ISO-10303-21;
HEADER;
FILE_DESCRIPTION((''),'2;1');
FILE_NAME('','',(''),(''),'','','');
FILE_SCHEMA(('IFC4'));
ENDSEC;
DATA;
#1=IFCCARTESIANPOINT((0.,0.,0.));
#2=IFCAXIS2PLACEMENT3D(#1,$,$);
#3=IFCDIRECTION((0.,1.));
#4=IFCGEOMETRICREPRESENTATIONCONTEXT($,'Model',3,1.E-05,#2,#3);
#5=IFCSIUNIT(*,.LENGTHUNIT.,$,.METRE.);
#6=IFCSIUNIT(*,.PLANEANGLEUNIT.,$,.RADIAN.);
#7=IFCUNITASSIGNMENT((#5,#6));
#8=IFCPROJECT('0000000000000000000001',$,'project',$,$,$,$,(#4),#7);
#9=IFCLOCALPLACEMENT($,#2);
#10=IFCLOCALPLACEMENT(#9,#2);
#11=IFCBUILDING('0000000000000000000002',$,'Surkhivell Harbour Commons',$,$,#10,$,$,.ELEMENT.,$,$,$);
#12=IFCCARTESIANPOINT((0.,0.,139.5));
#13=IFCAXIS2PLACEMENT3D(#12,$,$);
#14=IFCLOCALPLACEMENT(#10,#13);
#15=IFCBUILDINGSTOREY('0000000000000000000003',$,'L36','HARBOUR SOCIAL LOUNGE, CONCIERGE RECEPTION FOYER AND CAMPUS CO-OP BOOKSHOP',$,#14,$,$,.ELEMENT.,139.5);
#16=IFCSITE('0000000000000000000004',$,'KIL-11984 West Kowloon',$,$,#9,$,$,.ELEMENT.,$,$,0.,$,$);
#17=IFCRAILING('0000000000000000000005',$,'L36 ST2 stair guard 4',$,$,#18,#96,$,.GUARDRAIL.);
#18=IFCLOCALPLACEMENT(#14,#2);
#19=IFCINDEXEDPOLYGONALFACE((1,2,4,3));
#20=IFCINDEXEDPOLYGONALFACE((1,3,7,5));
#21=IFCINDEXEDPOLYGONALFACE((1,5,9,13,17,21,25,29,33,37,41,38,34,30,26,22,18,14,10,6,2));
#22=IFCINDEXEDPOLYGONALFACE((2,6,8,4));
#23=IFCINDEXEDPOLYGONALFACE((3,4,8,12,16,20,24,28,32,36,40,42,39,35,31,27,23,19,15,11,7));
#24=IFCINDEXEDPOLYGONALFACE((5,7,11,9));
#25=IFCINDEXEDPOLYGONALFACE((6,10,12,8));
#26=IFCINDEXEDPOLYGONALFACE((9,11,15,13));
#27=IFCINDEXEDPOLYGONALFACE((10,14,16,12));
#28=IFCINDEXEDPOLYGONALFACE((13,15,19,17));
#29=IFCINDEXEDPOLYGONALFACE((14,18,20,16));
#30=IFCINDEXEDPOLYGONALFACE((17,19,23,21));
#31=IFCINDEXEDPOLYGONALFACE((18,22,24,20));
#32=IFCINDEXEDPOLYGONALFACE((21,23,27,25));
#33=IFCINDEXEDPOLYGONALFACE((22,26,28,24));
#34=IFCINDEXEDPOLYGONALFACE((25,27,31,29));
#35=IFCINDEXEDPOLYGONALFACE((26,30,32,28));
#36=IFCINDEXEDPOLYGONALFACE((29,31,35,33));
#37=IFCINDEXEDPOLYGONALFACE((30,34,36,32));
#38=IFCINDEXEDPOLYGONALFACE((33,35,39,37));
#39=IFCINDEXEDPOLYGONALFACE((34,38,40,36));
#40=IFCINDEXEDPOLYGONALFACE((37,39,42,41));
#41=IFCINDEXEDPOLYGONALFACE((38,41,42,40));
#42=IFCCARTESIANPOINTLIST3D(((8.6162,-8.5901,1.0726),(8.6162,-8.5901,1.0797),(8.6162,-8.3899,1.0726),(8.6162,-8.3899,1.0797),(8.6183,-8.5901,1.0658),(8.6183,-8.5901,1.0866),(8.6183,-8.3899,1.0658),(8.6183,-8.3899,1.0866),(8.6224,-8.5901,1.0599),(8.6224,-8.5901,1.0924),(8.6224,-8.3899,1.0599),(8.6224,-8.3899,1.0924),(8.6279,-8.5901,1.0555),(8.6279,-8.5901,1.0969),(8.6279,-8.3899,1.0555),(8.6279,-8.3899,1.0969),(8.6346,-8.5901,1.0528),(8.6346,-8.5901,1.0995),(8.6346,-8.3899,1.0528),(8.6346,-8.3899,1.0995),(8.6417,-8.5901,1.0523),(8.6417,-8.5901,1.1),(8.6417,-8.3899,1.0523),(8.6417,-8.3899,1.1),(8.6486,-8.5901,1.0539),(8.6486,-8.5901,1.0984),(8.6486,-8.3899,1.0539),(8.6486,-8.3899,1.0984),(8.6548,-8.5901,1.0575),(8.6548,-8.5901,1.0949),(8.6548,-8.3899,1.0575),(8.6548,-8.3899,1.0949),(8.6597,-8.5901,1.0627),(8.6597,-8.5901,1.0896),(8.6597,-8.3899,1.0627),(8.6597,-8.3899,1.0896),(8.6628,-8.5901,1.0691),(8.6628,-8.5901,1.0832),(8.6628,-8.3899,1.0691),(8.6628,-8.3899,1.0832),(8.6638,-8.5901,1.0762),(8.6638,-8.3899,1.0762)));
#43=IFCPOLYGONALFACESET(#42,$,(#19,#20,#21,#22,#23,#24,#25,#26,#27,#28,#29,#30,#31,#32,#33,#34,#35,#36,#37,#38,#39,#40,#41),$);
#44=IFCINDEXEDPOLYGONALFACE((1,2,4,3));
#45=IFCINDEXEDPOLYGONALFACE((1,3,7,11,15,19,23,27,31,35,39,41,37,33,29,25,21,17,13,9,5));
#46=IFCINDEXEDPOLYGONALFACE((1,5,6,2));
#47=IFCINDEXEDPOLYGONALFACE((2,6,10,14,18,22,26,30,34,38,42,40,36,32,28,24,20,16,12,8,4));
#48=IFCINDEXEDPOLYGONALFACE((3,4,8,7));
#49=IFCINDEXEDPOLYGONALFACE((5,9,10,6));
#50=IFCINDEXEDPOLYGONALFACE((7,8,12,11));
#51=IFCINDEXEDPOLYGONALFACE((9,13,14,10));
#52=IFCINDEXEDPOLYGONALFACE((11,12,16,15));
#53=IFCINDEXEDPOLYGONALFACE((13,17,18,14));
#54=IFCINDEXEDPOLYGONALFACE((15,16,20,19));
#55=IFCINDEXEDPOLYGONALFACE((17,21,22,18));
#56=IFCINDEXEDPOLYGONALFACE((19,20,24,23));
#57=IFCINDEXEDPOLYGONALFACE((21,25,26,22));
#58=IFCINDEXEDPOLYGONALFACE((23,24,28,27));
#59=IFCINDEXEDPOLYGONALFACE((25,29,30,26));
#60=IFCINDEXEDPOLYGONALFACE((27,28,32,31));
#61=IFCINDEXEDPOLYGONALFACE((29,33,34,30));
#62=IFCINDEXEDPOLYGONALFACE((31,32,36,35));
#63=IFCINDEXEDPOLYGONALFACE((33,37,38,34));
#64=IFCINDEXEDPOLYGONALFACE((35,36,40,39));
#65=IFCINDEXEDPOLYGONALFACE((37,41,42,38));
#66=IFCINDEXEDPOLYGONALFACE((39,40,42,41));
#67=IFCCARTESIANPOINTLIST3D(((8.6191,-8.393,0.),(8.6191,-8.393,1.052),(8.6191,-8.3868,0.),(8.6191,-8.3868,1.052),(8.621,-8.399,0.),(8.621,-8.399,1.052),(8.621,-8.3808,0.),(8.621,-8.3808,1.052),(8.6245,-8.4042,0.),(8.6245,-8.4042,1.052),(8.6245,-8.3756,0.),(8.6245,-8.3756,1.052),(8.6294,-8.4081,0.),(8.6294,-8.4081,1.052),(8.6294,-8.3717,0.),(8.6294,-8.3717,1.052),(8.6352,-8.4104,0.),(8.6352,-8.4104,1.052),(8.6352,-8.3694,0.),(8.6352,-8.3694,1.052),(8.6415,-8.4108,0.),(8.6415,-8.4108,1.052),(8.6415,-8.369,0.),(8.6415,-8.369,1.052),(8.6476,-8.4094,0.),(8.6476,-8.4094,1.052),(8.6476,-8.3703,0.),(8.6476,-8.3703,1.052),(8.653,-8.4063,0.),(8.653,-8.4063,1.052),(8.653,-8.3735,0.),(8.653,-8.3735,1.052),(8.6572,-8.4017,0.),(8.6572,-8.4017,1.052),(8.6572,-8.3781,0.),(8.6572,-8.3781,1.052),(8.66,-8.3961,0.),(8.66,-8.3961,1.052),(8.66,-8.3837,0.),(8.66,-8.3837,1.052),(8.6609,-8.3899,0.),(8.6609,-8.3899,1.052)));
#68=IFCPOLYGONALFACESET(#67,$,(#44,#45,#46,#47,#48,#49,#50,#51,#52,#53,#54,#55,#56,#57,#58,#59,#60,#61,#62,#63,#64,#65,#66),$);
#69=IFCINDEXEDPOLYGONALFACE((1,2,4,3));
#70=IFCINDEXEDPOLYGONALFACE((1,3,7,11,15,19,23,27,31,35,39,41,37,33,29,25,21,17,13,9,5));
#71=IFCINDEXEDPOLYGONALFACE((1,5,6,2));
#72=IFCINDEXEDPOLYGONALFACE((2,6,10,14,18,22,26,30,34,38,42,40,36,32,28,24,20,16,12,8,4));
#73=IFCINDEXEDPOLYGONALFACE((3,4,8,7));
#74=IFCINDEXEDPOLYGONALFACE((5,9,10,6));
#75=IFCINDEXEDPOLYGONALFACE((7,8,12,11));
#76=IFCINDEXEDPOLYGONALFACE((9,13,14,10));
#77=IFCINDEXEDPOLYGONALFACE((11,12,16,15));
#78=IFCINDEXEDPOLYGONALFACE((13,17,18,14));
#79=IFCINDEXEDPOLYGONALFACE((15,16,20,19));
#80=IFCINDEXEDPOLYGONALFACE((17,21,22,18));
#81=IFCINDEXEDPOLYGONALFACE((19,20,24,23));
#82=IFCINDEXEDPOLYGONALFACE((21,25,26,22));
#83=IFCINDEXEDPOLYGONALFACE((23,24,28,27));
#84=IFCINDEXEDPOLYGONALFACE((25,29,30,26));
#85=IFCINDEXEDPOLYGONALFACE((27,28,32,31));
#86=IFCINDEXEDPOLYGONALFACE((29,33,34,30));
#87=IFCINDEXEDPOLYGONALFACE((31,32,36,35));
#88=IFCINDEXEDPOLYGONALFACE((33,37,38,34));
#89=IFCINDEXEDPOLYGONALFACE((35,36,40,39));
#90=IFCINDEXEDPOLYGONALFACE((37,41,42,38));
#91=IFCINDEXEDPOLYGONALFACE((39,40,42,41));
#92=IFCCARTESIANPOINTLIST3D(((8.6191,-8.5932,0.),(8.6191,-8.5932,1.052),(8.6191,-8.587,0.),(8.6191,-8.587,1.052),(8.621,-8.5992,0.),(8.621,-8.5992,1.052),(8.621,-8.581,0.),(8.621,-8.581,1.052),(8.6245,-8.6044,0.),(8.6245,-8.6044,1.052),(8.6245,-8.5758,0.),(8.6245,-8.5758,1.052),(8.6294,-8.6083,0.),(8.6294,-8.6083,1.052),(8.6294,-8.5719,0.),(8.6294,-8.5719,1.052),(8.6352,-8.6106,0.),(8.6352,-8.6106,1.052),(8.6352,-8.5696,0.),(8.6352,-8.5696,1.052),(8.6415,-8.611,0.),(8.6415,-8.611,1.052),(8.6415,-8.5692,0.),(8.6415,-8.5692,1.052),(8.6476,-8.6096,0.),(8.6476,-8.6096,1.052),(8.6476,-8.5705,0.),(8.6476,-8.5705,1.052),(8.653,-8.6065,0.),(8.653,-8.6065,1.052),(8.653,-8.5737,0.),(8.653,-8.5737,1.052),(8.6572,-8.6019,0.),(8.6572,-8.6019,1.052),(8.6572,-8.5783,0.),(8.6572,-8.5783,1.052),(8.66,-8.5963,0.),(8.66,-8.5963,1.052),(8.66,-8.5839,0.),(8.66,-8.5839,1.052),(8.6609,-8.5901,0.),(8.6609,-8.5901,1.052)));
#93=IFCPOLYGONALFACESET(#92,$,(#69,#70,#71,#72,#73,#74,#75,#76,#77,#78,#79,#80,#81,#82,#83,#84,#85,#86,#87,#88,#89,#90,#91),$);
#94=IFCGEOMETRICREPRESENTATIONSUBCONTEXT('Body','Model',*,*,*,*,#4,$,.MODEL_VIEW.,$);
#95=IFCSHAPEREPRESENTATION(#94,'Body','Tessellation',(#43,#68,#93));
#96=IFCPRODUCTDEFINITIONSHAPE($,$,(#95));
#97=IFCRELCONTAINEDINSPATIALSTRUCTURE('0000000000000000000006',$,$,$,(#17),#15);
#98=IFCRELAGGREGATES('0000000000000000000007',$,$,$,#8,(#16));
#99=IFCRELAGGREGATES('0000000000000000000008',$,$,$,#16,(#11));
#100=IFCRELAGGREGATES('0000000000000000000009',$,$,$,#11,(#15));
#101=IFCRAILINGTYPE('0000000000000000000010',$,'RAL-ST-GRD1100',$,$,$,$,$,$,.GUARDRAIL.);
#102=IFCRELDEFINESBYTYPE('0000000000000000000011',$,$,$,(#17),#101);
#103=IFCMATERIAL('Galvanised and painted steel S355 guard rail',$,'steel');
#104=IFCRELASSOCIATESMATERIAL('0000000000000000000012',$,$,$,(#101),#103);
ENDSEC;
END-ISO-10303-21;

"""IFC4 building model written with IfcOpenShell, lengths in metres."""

from ifc_helpers import new_model, si_unit, direction, frame, origin, origin_2d, place, context, subcontext, project, spatial, circle, extrude, material, type_object, element, save


model = new_model("IFC4")

# Units and contexts
model_context = context("Model", 3, precision=1e-05, world=origin(), true_north=direction((0.0, 1.0)))
body_context = subcontext(model_context, "Body", "Model", "MODEL_VIEW")
ifc_project = project(units=[si_unit("LENGTHUNIT", "METRE"), si_unit("PLANEANGLEUNIT", "RADIAN")], contexts=[model_context])

# Site, building, storey
site_placement = place(None, origin())
site = spatial("IfcSite", under=ifc_project, at=site_placement, Name="KIL-11984 West Kowloon", CompositionType="ELEMENT", RefElevation=0.0)
building_placement = place(site_placement, origin())
building = spatial("IfcBuilding", under=site, at=building_placement, Name="Surkhivell Harbour Commons", CompositionType="ELEMENT")
storey_placement = place(building_placement, frame((0.0, 0.0, 139.5)))
storey = spatial("IfcBuildingStorey", under=building, at=storey_placement, Name="L36", Description="HARBOUR SOCIAL LOUNGE, CONCIERGE RECEPTION FOYER AND CAMPUS CO-OP BOOKSHOP", CompositionType="ELEMENT", Elevation=139.5)

# Railing
ifc_material_1 = material(Name="Galvanised and painted steel S355 guard rail", Category="steel")
railing_type = type_object("IfcRailingType", Name="RAL-ST-GRD1100", PredefinedType="GUARDRAIL", material=ifc_material_1)
railing_1_placement = place(storey_placement, frame((8.6399, -8.3899, 0.0)))
element("IfcRailing", 1, at=railing_1_placement, inside=storey, type_object=railing_type, Name="L36 ST2 stair guard 4", PredefinedType="GUARDRAIL", context=body_context, shape_type="SweptSolid", body=[
    extrude(circle(Radius=0.0239, at=origin_2d()), frame((0.0, 0.0, 1.0762), z_axis=(0.0, -1.0, 0.0), x_axis=(1.0, 0.0, 0.0)), (0.0, 0.0, 1.0), 0.2002),
    extrude(circle(Radius=0.021, at=origin_2d()), origin(), (0.0, 0.0, 1.0), 1.052),
    extrude(circle(Radius=0.021, at=origin_2d()), frame((0.0, -0.2002, 0.0)), (0.0, 0.0, 1.0), 1.052),
])

save(model, "model.ifc")
